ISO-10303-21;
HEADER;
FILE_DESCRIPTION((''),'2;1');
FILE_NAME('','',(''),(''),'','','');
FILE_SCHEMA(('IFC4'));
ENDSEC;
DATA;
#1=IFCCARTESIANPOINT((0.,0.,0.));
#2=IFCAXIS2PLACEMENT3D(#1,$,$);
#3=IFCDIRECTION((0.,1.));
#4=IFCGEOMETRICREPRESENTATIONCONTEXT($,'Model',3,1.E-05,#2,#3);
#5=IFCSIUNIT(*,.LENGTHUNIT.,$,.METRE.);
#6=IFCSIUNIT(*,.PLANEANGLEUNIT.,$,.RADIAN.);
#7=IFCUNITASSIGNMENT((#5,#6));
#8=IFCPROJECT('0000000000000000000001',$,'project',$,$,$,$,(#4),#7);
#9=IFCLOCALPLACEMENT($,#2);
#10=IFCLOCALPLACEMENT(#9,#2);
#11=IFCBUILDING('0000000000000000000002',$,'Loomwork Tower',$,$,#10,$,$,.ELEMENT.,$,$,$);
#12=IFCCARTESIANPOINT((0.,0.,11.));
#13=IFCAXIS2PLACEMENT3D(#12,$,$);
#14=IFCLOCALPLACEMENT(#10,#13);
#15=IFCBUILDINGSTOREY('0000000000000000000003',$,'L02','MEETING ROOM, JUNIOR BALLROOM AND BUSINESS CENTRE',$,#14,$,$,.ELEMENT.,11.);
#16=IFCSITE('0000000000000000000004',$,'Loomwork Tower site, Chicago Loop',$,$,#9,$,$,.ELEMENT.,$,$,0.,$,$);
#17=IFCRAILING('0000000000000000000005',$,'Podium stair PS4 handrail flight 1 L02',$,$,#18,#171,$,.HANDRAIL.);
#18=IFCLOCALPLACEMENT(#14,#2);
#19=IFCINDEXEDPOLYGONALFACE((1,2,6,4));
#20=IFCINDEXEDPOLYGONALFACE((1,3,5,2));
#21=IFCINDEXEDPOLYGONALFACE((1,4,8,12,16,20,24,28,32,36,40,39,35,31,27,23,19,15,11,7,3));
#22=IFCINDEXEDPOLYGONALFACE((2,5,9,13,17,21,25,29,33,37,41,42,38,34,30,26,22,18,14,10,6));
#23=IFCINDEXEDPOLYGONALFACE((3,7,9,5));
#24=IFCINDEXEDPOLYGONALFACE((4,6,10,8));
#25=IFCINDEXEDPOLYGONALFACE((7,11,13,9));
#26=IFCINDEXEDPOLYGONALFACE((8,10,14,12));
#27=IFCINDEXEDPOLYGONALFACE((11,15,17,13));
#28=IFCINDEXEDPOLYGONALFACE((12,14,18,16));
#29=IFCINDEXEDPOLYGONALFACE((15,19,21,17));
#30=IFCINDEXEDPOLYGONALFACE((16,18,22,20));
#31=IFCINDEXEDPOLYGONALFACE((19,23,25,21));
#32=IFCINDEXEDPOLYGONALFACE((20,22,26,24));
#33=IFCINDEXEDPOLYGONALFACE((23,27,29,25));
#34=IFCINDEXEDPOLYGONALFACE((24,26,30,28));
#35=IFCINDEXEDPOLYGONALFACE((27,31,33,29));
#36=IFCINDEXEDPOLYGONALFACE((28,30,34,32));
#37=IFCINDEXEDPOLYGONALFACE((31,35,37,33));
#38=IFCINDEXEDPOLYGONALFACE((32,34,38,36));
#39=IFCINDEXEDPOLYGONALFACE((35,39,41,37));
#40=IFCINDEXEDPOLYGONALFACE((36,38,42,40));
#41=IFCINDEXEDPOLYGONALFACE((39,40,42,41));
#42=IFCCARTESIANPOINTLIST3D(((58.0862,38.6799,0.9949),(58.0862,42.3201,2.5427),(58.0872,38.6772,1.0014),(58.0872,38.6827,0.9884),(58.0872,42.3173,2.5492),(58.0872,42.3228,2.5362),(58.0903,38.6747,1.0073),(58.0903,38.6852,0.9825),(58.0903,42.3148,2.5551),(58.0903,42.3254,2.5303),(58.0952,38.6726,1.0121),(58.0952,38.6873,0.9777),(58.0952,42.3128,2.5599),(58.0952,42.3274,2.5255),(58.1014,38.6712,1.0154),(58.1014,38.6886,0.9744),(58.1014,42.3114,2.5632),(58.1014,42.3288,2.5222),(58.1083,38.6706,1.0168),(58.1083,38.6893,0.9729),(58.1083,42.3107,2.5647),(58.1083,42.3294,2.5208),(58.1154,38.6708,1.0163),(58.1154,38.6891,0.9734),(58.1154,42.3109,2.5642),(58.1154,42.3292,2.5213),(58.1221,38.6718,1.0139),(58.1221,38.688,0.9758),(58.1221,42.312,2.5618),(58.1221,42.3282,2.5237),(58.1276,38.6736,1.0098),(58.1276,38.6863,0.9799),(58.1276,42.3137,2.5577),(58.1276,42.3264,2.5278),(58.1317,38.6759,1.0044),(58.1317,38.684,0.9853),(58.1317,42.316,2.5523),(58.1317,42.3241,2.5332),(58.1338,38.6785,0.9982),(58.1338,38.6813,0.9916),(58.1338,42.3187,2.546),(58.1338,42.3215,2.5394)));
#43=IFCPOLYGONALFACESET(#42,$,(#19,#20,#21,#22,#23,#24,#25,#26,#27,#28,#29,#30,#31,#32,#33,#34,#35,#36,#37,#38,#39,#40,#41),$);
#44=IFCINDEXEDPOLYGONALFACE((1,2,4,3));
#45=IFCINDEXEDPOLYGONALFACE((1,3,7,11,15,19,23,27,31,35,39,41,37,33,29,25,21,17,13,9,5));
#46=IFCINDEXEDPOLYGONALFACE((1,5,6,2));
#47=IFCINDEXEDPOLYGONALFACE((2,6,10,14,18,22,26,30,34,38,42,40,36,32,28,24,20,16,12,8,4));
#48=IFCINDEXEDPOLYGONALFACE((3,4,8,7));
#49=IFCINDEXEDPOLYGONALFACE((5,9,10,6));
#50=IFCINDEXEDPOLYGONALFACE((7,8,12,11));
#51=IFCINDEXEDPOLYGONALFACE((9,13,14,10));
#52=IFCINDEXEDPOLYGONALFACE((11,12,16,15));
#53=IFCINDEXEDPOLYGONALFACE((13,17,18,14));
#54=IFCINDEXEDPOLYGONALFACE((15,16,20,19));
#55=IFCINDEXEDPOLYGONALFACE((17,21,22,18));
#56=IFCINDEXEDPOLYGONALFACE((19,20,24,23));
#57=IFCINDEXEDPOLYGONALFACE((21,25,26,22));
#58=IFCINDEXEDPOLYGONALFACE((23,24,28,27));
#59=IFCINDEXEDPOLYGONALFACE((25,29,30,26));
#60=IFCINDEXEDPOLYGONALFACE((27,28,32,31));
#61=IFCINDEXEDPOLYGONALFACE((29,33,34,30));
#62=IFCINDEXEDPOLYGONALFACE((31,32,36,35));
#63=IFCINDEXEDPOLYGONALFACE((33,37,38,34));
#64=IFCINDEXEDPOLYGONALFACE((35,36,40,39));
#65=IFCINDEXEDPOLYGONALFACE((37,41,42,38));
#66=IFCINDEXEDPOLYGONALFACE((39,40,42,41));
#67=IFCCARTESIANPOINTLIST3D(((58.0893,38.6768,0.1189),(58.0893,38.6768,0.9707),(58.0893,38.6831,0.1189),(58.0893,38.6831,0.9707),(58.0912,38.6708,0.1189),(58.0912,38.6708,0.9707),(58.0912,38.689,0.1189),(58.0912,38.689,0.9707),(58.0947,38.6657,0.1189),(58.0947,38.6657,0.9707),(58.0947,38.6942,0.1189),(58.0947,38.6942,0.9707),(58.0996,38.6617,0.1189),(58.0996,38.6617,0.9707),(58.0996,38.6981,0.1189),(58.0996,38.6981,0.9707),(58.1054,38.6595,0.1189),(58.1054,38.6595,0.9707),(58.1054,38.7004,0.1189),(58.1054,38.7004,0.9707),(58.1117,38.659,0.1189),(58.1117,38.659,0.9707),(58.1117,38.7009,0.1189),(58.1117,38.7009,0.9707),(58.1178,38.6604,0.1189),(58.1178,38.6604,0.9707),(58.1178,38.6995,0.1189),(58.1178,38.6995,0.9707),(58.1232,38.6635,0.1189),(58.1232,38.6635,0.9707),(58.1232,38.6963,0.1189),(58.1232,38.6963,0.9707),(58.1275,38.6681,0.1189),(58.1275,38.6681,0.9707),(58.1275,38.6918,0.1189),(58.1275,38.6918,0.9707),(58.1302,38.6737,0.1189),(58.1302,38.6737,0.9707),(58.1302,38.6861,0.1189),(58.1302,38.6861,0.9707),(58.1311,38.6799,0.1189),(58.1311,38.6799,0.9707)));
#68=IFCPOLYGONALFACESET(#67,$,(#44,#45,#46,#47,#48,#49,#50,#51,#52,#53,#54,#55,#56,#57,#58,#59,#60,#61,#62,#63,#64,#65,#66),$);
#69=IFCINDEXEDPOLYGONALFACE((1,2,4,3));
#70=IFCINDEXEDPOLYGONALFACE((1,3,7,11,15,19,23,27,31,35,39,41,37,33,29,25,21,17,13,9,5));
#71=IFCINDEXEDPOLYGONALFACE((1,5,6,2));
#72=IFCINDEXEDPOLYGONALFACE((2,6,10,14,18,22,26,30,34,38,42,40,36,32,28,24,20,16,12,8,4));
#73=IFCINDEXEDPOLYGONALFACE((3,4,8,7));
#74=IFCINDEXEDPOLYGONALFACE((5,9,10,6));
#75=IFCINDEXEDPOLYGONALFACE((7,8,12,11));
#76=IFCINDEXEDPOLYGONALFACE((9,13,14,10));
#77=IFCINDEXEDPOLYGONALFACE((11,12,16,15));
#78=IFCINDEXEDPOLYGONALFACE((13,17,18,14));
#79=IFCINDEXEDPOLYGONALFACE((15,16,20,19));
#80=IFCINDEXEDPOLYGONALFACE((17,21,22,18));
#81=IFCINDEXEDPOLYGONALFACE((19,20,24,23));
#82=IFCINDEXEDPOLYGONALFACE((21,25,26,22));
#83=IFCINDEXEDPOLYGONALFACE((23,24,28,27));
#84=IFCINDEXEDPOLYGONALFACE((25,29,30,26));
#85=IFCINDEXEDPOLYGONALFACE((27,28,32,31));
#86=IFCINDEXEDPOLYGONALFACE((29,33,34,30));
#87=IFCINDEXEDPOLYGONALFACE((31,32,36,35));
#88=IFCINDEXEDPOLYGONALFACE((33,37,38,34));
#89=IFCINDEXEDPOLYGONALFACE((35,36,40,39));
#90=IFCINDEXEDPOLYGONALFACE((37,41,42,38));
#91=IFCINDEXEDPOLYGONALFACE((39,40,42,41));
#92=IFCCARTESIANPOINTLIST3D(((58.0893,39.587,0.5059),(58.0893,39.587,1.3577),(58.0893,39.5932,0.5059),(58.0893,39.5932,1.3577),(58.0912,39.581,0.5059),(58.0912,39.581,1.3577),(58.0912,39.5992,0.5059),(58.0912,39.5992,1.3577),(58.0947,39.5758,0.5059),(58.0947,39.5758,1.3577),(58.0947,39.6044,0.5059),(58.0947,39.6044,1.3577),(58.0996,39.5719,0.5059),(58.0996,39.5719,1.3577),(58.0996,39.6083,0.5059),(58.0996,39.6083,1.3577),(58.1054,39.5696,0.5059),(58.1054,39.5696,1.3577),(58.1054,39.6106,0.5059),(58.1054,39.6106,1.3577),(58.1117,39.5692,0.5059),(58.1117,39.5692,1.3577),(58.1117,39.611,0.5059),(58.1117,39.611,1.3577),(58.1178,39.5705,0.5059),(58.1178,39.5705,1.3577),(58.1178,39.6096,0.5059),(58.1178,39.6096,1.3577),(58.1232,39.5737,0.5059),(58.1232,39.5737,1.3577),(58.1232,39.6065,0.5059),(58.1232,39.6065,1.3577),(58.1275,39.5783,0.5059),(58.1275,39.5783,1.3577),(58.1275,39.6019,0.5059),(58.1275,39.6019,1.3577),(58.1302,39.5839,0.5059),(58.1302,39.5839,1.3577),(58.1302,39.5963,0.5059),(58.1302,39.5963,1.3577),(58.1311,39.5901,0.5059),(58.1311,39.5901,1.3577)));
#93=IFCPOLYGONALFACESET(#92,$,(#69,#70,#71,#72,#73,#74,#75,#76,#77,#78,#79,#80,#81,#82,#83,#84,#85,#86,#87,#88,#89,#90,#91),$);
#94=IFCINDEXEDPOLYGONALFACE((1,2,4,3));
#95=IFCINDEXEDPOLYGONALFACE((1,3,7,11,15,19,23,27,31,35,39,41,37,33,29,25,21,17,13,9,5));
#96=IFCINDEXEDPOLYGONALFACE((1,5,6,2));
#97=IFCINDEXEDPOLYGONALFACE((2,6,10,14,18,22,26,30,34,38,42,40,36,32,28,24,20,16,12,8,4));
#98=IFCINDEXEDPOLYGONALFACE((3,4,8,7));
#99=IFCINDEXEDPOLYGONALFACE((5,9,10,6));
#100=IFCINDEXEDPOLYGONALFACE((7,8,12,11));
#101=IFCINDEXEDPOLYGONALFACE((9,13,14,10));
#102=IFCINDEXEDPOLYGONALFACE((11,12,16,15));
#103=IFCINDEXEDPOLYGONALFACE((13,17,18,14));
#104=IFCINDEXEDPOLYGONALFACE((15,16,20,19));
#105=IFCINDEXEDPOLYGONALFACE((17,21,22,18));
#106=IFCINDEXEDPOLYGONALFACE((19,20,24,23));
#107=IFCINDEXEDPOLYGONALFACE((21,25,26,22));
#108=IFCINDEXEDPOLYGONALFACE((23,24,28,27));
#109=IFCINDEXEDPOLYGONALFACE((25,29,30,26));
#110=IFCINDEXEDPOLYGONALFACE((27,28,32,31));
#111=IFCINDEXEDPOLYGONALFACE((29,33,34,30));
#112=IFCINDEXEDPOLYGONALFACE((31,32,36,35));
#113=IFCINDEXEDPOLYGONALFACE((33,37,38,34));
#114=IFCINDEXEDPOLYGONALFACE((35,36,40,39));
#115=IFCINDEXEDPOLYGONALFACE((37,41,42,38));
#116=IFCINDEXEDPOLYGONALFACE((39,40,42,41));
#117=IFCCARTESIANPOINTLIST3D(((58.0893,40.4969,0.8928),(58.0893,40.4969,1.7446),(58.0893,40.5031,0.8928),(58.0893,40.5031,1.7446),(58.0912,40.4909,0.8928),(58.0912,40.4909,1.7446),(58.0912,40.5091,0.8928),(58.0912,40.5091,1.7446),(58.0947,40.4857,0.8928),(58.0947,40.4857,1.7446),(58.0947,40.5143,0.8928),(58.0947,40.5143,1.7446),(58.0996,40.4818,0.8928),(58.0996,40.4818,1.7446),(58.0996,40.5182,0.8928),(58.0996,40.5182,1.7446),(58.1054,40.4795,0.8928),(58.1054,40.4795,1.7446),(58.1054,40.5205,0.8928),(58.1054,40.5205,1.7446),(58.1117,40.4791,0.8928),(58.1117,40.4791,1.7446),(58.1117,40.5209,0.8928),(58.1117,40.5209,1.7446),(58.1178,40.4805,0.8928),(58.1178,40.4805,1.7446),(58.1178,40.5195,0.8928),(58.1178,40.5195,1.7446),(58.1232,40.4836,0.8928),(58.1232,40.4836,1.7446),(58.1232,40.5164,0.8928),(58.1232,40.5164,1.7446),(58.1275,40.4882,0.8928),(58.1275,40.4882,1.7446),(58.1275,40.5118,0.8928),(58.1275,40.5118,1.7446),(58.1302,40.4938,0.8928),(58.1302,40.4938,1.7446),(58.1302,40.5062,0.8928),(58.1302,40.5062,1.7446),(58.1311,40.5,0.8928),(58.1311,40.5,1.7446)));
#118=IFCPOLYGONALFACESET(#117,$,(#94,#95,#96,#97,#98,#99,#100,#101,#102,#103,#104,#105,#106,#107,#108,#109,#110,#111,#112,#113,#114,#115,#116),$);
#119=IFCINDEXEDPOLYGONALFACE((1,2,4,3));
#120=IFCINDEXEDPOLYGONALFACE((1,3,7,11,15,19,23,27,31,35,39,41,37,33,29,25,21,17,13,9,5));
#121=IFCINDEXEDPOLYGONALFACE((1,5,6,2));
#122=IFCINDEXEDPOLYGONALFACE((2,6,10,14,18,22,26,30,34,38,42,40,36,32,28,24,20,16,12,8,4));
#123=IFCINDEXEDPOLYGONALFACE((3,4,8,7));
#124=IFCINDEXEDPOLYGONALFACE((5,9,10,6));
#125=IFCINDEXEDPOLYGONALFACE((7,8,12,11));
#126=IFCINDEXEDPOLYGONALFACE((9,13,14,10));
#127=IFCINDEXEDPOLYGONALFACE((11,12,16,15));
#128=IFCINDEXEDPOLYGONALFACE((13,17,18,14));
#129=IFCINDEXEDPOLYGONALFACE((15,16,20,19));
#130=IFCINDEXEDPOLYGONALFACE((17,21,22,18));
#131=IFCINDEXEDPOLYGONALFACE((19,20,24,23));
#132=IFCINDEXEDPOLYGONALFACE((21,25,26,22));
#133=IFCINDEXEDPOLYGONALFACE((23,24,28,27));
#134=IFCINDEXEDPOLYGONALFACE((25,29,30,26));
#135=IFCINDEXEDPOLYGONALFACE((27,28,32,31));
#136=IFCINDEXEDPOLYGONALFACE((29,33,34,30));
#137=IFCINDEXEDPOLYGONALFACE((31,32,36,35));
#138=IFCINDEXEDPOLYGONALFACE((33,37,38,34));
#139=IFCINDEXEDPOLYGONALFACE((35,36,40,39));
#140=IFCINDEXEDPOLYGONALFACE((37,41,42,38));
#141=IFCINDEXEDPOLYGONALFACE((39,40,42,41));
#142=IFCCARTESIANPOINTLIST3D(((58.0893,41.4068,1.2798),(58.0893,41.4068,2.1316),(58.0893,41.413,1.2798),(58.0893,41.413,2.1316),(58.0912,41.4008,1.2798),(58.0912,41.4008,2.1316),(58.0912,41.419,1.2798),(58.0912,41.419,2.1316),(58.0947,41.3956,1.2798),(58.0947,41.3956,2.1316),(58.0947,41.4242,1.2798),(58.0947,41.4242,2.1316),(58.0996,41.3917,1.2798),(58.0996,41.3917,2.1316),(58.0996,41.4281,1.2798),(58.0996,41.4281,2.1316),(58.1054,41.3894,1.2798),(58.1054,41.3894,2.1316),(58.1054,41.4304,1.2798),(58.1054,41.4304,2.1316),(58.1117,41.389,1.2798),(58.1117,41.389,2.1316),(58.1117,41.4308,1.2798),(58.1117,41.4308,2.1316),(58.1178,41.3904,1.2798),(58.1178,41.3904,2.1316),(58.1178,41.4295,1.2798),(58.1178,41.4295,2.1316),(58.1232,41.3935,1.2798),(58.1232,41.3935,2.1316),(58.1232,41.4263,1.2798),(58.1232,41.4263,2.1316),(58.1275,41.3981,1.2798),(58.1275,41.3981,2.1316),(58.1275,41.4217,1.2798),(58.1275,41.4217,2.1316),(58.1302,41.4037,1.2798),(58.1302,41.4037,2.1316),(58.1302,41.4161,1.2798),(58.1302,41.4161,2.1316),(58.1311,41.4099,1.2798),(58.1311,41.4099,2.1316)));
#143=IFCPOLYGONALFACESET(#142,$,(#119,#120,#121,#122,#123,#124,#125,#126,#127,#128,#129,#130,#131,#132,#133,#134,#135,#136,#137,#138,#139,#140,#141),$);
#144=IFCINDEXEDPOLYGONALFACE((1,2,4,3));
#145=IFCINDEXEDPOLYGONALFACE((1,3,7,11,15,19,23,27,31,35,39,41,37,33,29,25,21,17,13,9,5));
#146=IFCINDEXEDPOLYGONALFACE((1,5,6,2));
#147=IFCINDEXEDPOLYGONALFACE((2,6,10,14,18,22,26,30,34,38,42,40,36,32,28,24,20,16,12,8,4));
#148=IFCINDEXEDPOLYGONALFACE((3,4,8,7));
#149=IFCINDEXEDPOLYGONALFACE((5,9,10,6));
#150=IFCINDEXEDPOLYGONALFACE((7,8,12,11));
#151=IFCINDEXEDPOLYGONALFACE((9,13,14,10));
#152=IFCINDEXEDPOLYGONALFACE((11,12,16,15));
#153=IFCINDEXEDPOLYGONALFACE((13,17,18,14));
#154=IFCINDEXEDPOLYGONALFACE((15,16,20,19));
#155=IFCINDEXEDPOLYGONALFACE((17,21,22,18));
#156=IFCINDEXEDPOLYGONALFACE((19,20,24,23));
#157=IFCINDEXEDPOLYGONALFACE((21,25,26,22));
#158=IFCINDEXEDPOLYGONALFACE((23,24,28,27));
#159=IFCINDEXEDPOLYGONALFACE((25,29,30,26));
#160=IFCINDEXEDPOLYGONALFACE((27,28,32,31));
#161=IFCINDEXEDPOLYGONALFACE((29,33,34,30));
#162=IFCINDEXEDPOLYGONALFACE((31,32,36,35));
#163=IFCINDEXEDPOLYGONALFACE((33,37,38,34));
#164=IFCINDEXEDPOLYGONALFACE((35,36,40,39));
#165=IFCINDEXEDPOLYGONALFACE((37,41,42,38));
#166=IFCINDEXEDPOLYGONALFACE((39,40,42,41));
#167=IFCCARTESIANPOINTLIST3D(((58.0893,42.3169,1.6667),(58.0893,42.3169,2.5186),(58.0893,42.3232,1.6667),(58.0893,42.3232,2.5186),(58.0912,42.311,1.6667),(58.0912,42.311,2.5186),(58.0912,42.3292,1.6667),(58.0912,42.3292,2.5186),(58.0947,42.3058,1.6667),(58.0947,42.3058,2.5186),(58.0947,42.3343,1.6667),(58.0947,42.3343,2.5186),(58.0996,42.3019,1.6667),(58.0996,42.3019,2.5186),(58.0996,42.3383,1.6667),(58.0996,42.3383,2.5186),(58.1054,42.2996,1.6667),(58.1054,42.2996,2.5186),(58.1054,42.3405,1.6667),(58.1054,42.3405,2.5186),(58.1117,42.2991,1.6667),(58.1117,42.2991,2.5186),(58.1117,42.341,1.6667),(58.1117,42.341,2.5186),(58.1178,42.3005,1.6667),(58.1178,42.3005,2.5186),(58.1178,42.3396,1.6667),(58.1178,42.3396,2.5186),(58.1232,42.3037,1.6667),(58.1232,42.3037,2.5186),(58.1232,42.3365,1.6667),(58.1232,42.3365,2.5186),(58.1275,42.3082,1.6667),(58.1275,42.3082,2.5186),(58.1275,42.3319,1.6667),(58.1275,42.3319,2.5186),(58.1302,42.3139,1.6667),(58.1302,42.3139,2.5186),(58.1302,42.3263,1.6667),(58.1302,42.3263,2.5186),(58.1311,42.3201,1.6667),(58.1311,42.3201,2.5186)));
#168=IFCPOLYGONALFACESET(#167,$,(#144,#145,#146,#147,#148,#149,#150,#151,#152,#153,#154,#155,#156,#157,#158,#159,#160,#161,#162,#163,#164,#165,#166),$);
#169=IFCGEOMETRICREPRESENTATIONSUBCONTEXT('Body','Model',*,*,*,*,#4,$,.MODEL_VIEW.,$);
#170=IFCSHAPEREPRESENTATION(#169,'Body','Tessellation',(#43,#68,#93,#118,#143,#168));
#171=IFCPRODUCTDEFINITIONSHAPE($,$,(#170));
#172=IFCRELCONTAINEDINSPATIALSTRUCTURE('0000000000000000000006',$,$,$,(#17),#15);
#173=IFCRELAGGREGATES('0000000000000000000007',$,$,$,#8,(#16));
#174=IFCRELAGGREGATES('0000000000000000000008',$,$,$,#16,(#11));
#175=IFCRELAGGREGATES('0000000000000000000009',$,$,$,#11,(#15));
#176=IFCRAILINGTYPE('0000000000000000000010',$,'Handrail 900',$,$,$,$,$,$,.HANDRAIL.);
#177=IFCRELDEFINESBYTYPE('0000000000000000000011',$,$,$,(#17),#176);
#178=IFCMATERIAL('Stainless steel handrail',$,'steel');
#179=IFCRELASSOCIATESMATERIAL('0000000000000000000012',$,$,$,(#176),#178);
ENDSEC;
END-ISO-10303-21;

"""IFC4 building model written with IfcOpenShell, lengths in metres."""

from ifc_helpers import new_model, si_unit, direction, frame, origin, origin_2d, place, context, subcontext, project, spatial, circle, extrude, material, type_object, element, save


model = new_model("IFC4")

# Units and contexts
model_context = context("Model", 3, precision=1e-05, world=origin(), true_north=direction((0.0, 1.0)))
body_context = subcontext(model_context, "Body", "Model", "MODEL_VIEW")
ifc_project = project(units=[si_unit("LENGTHUNIT", "METRE"), si_unit("PLANEANGLEUNIT", "RADIAN")], contexts=[model_context])

# Site, building, storey
site_placement = place(None, origin())
site = spatial("IfcSite", under=ifc_project, at=site_placement, Name="Loomwork Tower site, Chicago Loop", CompositionType="ELEMENT", RefElevation=0.0)
building_placement = place(site_placement, origin())
building = spatial("IfcBuilding", under=site, at=building_placement, Name="Loomwork Tower", CompositionType="ELEMENT")
storey_placement = place(building_placement, frame((0.0, 0.0, 11.0)))
storey = spatial("IfcBuildingStorey", under=building, at=storey_placement, Name="L02", Description="MEETING ROOM, JUNIOR BALLROOM AND BUSINESS CENTRE", CompositionType="ELEMENT", Elevation=11.0)

# Railing
ifc_material_1 = material(Name="Stainless steel handrail", Category="steel")
railing_type = type_object("IfcRailingType", Name="Handrail 900", PredefinedType="HANDRAIL", material=ifc_material_1)
railing_1_placement = place(storey_placement, frame((58.1101, 38.6799, 0.1189)))
element("IfcRailing", 1, at=railing_1_placement, inside=storey, type_object=railing_type, Name="Podium stair PS4 handrail flight 1 L02", PredefinedType="HANDRAIL", context=body_context, shape_type="SweptSolid", body=[
    extrude(circle(Radius=0.0239, at=origin_2d()), frame((0.0, 0.0, 0.876), z_axis=(0.0, 0.920259, 0.391311), x_axis=(-1.0, 0.0, 0.0)), (0.0, 0.0, 1.0), 3.9556),
    extrude(circle(Radius=0.021, at=origin_2d()), origin(), (0.0, 0.0, 1.0), 0.8518),
    extrude(circle(Radius=0.021, at=origin_2d()), frame((0.0, 0.9102, 0.387)), (0.0, 0.0, 1.0), 0.8518),
    extrude(circle(Radius=0.021, at=origin_2d()), frame((0.0, 1.8201, 0.7739)), (0.0, 0.0, 1.0), 0.8518),
    extrude(circle(Radius=0.021, at=origin_2d()), frame((0.0, 2.73, 1.1609)), (0.0, 0.0, 1.0), 0.8518),
    extrude(circle(Radius=0.021, at=origin_2d()), frame((0.0, 3.6401, 1.5479)), (0.0, 0.0, 1.0), 0.8518),
])

save(model, "model.ifc")
